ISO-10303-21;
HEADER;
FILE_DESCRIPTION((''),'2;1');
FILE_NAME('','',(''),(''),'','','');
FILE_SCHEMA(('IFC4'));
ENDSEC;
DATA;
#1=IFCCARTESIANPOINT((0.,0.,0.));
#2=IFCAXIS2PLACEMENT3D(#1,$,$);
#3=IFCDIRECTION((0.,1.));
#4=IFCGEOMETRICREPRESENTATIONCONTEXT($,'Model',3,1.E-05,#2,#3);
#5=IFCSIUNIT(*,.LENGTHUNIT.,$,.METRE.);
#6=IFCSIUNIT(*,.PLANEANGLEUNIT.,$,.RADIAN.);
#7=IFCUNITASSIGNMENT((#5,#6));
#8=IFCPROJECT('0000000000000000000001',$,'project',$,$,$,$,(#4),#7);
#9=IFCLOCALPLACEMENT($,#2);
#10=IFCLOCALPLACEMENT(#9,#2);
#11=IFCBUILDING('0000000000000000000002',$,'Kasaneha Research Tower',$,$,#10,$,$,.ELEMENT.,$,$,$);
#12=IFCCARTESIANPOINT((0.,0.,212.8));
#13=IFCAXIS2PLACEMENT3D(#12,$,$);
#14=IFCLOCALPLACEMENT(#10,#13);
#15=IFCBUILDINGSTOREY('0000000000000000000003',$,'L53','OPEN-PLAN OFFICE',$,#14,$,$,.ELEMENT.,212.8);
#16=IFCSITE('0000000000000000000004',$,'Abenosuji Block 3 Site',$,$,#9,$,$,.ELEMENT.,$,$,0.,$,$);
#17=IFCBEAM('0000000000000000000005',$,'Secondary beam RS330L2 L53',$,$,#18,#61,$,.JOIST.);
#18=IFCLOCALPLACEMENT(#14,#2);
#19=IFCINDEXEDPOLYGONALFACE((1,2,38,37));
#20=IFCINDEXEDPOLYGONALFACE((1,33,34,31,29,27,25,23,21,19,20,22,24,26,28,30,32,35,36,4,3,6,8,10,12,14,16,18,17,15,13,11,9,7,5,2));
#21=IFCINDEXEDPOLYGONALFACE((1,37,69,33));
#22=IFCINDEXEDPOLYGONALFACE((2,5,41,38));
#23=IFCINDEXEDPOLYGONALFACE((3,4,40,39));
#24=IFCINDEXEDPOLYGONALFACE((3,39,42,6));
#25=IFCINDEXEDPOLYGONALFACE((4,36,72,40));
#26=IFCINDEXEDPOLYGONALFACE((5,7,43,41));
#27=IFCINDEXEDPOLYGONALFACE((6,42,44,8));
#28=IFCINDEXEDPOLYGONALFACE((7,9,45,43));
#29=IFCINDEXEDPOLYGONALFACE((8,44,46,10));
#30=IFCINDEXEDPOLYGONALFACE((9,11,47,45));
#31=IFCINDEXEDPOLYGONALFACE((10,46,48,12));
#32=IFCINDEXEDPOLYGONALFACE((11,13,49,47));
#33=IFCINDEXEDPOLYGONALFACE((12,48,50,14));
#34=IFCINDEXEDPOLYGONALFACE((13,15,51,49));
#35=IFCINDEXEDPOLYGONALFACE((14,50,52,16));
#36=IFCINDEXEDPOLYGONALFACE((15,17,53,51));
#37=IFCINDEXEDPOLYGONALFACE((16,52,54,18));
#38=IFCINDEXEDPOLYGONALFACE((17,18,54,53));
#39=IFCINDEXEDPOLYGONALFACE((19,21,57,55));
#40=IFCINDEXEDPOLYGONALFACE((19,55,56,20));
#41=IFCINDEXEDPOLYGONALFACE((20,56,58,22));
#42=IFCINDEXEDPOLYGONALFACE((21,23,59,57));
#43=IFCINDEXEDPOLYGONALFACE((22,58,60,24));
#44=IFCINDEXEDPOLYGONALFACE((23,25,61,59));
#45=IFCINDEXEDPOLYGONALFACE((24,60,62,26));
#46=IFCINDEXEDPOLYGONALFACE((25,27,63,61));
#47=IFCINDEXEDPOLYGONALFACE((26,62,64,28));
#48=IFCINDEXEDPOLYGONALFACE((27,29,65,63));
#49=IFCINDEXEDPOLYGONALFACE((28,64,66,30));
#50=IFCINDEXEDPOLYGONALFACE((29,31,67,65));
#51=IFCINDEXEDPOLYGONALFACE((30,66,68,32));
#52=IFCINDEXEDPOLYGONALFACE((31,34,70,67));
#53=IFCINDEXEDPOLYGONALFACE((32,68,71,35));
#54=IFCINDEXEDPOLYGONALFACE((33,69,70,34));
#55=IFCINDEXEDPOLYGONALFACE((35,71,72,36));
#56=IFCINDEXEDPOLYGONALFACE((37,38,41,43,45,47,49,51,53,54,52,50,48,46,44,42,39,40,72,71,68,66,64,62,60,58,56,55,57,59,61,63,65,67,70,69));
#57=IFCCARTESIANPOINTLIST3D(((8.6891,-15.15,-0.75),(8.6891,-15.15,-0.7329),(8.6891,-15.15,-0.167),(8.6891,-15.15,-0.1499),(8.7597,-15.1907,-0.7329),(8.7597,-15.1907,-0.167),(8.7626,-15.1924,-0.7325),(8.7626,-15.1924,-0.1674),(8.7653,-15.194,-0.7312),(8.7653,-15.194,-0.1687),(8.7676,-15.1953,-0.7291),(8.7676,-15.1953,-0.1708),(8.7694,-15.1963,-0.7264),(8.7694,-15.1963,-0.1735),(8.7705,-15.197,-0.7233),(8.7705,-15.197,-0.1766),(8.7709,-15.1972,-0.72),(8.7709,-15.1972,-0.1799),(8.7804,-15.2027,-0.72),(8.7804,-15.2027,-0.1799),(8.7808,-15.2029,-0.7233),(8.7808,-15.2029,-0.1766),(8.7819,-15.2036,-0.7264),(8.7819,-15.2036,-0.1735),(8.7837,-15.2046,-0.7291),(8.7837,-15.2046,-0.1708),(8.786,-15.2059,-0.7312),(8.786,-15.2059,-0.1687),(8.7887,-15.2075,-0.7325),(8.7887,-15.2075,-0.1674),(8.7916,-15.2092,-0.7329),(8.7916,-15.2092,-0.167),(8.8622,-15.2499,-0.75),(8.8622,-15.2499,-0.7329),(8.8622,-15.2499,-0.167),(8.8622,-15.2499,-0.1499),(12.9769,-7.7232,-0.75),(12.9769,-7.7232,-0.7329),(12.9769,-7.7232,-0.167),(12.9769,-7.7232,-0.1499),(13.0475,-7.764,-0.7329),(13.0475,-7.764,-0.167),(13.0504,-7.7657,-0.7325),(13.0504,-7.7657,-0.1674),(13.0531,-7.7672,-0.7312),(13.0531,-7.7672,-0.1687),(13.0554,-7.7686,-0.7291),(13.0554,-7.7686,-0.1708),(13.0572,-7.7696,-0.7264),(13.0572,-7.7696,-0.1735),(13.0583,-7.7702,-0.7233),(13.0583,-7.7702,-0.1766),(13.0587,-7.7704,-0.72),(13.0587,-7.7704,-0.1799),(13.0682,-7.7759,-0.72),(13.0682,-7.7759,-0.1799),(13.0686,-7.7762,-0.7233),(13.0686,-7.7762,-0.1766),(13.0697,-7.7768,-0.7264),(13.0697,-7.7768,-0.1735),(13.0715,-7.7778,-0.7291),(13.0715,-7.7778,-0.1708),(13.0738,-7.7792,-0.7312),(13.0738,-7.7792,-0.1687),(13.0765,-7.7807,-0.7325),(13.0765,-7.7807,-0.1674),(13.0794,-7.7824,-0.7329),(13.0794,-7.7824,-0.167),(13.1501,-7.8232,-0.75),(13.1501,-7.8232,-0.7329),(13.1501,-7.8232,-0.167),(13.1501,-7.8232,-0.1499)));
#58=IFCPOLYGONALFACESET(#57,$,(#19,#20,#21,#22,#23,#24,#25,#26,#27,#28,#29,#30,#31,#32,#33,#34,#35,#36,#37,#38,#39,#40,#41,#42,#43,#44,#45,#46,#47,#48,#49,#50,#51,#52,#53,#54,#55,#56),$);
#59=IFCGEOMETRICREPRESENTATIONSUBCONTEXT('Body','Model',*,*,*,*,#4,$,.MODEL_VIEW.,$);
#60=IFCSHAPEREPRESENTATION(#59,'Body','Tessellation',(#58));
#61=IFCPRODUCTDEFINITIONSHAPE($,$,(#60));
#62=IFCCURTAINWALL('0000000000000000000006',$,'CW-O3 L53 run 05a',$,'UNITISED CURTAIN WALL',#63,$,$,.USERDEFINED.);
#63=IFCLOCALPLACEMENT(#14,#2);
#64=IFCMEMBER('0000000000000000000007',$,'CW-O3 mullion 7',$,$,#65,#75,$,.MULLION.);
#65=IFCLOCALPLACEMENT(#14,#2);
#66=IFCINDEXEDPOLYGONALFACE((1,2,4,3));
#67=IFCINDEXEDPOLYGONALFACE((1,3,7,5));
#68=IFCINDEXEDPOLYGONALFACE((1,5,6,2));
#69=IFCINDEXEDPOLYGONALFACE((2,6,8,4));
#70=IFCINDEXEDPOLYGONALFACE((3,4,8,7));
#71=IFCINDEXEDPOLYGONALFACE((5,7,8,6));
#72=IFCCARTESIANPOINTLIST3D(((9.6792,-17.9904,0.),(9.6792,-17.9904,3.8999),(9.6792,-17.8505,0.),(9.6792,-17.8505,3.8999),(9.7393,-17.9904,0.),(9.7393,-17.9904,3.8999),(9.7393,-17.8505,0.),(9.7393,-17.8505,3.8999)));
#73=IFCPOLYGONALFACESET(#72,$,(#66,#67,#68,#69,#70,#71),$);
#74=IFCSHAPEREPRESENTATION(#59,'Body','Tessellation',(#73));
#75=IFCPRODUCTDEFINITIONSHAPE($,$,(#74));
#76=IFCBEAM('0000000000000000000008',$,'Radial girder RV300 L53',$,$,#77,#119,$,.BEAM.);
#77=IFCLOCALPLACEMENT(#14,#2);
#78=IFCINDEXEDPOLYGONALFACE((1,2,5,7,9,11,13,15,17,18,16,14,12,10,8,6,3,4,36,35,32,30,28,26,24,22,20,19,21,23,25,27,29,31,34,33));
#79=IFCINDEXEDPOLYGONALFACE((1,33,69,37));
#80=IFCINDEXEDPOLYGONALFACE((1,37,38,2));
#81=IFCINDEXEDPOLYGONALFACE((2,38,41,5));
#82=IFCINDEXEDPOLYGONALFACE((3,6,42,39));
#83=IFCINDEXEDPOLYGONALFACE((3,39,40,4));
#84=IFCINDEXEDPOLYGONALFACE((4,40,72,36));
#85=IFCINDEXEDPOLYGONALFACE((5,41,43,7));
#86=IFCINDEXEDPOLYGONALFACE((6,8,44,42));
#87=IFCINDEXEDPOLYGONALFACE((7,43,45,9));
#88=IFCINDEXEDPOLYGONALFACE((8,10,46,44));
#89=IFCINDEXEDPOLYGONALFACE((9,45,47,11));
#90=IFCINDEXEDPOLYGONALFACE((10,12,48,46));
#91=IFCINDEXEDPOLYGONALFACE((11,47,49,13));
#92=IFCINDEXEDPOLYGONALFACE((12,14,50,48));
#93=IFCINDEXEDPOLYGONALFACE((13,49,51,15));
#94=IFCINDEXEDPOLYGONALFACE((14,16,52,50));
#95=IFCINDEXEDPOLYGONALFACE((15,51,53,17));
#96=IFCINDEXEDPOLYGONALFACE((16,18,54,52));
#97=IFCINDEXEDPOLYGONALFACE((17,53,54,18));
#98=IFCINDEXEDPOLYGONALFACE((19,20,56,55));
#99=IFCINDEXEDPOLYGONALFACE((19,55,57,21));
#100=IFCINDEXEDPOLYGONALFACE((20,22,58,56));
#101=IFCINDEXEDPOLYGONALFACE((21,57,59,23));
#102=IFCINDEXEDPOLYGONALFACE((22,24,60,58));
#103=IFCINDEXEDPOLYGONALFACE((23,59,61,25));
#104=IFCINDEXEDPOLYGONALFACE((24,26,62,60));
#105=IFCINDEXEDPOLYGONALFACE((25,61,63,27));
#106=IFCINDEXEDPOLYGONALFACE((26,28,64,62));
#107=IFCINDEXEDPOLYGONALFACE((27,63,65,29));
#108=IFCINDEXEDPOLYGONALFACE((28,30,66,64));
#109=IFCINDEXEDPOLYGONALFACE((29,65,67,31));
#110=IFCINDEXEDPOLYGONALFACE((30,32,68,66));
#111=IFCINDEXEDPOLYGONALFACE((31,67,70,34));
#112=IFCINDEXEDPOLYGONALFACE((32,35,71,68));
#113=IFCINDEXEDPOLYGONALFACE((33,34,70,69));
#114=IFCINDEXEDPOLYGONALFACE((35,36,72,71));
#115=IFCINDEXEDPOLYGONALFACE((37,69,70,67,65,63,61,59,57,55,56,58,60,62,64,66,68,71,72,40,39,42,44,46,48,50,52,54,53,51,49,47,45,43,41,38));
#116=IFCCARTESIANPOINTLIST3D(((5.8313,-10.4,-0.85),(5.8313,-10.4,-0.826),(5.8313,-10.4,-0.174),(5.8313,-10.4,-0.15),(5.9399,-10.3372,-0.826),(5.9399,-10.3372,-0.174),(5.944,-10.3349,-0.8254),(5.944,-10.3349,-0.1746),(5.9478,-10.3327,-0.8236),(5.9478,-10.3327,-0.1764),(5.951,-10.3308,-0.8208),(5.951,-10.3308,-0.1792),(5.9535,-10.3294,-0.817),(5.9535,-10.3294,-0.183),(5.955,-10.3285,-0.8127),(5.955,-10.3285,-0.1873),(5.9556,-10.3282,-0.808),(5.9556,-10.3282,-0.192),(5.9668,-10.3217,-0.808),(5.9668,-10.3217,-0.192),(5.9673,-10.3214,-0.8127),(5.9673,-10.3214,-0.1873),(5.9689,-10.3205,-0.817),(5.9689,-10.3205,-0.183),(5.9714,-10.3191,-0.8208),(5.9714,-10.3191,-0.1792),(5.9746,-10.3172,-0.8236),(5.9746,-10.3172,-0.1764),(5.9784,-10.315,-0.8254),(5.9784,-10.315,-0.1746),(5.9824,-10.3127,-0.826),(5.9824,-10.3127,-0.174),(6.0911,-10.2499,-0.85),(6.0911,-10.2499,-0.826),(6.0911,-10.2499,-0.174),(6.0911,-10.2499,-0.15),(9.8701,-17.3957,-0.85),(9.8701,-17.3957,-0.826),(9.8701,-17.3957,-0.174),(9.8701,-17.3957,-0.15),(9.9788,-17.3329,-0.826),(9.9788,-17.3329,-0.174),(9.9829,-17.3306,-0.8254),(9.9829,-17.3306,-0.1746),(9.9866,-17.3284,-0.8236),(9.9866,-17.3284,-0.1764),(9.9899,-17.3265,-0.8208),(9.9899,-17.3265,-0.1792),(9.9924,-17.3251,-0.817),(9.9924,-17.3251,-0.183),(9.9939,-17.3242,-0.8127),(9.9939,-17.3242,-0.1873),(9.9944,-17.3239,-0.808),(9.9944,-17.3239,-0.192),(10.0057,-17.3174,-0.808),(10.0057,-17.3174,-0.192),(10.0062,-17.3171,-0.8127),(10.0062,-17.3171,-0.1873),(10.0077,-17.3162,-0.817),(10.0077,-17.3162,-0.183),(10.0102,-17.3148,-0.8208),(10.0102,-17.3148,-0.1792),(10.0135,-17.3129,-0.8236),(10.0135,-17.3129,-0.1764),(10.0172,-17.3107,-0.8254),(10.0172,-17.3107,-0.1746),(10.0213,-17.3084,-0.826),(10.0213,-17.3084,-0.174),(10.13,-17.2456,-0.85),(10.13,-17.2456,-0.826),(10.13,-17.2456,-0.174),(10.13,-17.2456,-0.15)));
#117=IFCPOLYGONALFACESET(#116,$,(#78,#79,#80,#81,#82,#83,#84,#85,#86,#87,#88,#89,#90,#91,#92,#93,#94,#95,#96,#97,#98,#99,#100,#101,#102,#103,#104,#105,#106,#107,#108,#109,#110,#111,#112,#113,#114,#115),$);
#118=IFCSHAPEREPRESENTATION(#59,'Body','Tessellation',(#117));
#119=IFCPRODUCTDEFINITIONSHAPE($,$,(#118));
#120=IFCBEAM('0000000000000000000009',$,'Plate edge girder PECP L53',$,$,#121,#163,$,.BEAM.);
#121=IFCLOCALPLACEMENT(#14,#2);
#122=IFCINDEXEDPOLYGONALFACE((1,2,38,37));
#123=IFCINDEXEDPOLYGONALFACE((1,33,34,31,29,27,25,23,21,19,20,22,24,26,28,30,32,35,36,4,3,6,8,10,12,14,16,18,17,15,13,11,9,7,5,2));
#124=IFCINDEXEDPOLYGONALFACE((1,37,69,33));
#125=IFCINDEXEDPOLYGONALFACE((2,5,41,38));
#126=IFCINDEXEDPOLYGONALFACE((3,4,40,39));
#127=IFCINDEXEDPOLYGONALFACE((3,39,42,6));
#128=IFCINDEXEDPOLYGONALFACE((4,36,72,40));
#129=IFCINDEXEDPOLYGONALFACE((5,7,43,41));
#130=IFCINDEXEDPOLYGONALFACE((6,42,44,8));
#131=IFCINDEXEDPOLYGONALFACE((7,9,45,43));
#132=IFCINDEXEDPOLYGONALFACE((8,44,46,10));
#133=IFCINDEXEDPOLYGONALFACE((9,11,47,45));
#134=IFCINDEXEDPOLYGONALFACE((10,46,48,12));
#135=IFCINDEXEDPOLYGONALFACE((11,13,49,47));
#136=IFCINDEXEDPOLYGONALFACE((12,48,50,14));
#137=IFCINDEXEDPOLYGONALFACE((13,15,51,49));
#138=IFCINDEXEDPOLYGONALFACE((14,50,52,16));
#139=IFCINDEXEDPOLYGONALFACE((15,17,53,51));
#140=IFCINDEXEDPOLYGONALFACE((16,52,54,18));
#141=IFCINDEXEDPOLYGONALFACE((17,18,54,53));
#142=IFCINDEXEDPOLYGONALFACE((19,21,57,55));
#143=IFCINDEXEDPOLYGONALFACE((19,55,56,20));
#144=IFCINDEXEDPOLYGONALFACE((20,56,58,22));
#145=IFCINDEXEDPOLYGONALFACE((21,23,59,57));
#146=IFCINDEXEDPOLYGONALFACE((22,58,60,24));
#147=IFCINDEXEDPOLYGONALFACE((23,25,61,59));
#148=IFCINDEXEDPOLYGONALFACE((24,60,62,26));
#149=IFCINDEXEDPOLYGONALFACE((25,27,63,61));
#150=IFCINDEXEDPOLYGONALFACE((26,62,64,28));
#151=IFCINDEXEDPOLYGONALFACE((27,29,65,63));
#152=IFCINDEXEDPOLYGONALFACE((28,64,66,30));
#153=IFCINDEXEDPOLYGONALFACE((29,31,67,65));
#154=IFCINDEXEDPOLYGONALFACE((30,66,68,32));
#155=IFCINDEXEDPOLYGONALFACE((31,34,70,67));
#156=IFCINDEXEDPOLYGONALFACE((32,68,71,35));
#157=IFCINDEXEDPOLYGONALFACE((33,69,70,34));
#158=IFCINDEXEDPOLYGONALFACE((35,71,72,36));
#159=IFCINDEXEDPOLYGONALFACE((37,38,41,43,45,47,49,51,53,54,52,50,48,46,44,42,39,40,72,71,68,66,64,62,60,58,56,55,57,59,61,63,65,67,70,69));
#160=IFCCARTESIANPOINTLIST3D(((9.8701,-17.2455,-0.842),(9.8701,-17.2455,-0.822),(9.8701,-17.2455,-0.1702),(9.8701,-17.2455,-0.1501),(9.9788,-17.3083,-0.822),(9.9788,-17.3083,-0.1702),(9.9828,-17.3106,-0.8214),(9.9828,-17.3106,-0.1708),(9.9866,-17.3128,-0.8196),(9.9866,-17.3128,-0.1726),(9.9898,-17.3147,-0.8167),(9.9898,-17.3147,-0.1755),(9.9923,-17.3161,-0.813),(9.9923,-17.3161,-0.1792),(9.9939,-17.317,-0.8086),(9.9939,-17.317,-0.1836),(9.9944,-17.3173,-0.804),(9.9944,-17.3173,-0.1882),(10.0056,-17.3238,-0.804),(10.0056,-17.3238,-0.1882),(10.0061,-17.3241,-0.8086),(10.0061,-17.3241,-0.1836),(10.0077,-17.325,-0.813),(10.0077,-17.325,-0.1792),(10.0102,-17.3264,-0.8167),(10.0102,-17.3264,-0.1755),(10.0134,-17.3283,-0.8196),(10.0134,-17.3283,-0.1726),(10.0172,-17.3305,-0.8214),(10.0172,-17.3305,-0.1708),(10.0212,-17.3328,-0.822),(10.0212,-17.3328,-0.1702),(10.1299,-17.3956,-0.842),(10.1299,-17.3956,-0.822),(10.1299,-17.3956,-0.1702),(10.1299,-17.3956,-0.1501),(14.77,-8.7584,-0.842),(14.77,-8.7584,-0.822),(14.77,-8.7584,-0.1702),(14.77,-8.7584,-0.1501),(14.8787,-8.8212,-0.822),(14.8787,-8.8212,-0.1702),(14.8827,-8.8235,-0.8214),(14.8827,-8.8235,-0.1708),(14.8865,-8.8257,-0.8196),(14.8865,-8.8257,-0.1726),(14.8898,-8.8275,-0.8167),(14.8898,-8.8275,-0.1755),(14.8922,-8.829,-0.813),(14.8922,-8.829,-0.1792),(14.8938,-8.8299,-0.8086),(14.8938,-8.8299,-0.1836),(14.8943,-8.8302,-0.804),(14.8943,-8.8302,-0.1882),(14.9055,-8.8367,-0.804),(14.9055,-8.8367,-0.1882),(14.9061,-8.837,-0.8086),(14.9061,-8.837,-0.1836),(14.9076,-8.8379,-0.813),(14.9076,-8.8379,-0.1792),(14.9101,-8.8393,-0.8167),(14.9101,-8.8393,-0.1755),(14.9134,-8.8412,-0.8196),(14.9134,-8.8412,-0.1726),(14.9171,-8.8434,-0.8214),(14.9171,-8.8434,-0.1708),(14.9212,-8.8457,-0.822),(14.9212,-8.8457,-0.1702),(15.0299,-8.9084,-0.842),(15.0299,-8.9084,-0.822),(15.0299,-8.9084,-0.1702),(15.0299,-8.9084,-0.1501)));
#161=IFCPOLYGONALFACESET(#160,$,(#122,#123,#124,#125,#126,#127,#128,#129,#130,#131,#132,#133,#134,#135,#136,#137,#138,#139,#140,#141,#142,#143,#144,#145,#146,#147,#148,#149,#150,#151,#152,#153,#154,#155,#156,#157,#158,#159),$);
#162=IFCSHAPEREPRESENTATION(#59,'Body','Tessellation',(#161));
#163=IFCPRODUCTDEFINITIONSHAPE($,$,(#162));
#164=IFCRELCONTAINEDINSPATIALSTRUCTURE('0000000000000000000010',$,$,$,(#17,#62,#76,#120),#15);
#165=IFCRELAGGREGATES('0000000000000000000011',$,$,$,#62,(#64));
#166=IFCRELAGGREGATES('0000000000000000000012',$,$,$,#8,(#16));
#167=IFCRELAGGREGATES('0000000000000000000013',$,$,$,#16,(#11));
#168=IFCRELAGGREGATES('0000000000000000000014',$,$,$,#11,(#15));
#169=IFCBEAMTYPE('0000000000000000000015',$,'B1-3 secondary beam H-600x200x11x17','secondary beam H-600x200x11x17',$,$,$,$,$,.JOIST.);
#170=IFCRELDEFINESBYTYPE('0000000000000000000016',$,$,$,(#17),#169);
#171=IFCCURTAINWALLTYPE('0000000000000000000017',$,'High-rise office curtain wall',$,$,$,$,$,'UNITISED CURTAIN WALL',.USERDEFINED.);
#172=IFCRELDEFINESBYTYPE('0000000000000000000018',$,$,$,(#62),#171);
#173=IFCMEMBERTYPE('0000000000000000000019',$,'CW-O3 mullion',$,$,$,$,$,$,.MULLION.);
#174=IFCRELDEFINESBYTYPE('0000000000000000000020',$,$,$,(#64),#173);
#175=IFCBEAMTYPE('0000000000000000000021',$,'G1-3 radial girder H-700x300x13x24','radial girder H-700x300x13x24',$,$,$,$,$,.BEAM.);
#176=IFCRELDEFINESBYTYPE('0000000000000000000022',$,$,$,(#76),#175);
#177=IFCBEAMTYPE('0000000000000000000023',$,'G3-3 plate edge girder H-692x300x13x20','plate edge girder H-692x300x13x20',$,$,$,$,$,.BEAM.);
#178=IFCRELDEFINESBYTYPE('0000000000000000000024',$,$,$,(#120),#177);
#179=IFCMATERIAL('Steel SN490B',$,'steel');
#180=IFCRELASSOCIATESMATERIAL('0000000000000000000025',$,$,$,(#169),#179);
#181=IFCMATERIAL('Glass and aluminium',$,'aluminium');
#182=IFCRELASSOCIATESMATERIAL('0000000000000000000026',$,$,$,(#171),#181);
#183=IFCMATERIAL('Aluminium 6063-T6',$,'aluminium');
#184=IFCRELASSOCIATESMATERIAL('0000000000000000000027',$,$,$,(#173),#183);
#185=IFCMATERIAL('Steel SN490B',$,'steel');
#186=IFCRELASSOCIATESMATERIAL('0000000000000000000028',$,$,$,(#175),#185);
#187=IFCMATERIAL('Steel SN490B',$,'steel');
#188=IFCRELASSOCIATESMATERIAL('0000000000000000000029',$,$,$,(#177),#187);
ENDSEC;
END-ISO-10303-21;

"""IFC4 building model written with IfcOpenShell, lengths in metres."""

from ifc_helpers import new_model, si_unit, direction, frame, origin, origin_2d, place, context, subcontext, project, spatial, rectangle, i_section, extrude, material, material_profile, profile_set, type_object, element, aggregate, save


model = new_model("IFC4")

# Units and contexts
model_context = context("Model", 3, precision=1e-05, world=origin(), true_north=direction((0.0, 1.0)))
body_context = subcontext(model_context, "Body", "Model", "MODEL_VIEW")
ifc_project = project(units=[si_unit("LENGTHUNIT", "METRE"), si_unit("PLANEANGLEUNIT", "RADIAN")], contexts=[model_context])

# Site, building, storey
site_placement = place(None, origin())
site = spatial("IfcSite", under=ifc_project, at=site_placement, Name="Abenosuji Block 3 Site", CompositionType="ELEMENT", RefElevation=0.0)
building_placement = place(site_placement, origin())
building = spatial("IfcBuilding", under=site, at=building_placement, Name="Kasaneha Research Tower", CompositionType="ELEMENT")
storey_placement = place(building_placement, frame((0.0, 0.0, 212.8)))
storey = spatial("IfcBuildingStorey", under=building, at=storey_placement, Name="L53", Description="OPEN-PLAN OFFICE", CompositionType="ELEMENT", Elevation=212.8)

# Beam
ifc_material_1 = material(Name="Steel SN490B", Category="steel")
ifc_material_profile_1 = material_profile(ifc_material_1, i_section(OverallWidth=0.2, OverallDepth=0.6001, WebThickness=0.011, FlangeThickness=0.0171, FilletRadius=0.0129, at=origin_2d()), Name="H-600x200x11x17")
ifc_profile_set_1 = profile_set([ifc_material_profile_1], Name="Steel SN490B")
beam_type_1 = type_object("IfcBeamType", Name="B1-3 secondary beam H-600x200x11x17", Description="secondary beam H-600x200x11x17", PredefinedType="JOIST", material=ifc_profile_set_1)
beam_1_placement = place(storey_placement, frame((8.7756, -15.2, -0.45), z_axis=(0.5, 0.866025, 0.0), x_axis=(-0.866025, 0.5, 0.0)))
element("IfcBeam", 1, at=beam_1_placement, inside=storey, type_object=beam_type_1, Name="Secondary beam RS330L2 L53", PredefinedType="JOIST", context=body_context, shape_type="SweptSolid", body=[
    extrude(i_section(OverallWidth=0.2, OverallDepth=0.6001, WebThickness=0.011, FlangeThickness=0.0171, FilletRadius=0.0129, at=origin_2d()), origin(), (0.0, 0.0, 1.0), 8.5757),
])

# Curtain wall, member
ifc_material_2 = material(Name="Glass and aluminium", Category="aluminium")
curtain_wall_type = type_object("IfcCurtainWallType", Name="High-rise office curtain wall", ElementType="UNITISED CURTAIN WALL", PredefinedType="USERDEFINED", material=ifc_material_2)
curtain_wall_placement = place(storey_placement, origin())
curtain_wall = element("IfcCurtainWall", 2, at=curtain_wall_placement, inside=storey, type_object=curtain_wall_type, Name="CW-O3 L53 run 05a", ObjectType="UNITISED CURTAIN WALL", PredefinedType="USERDEFINED")
ifc_material_3 = material(Name="Aluminium 6063-T6", Category="aluminium")
ifc_material_profile_2 = material_profile(ifc_material_3, rectangle(XDim=0.0601, YDim=0.1399, at=origin_2d()), Name="CW-O3 mullion 60x140")
ifc_profile_set_2 = profile_set([ifc_material_profile_2], Name="Aluminium 6063-T6")
member_type = type_object("IfcMemberType", Name="CW-O3 mullion", PredefinedType="MULLION", material=ifc_profile_set_2)
member_placement = place(storey_placement, frame((9.7092, -17.9204, 0.0), z_axis=(0.0, 0.0, 1.0), x_axis=(1.0, 0.0, 0.0)))
member = element("IfcMember", 3, at=member_placement, type_object=member_type, Name="CW-O3 mullion 7", PredefinedType="MULLION", context=body_context, shape_type="SweptSolid", body=[
    extrude(rectangle(XDim=0.0601, YDim=0.1399, at=origin_2d()), origin(), (0.0, 0.0, 1.0), 3.8999),
])
aggregate(curtain_wall, [member])

# Beams
ifc_material_4 = material(Name="Steel SN490B", Category="steel")
ifc_material_profile_3 = material_profile(ifc_material_4, i_section(OverallWidth=0.3, OverallDepth=0.7, WebThickness=0.0129, FlangeThickness=0.0239, FilletRadius=0.0181, at=origin_2d()), Name="H-700x300x13x24")
ifc_profile_set_3 = profile_set([ifc_material_profile_3], Name="Steel SN490B")
beam_type_2 = type_object("IfcBeamType", Name="G1-3 radial girder H-700x300x13x24", Description="radial girder H-700x300x13x24", PredefinedType="BEAM", material=ifc_profile_set_3)
beam_2_placement = place(storey_placement, frame((5.9612, -10.325, -0.5), z_axis=(0.499991, -0.866031, 0.0), x_axis=(0.866031, 0.499991, 0.0)))
element("IfcBeam", 4, at=beam_2_placement, inside=storey, type_object=beam_type_2, Name="Radial girder RV300 L53", PredefinedType="BEAM", context=body_context, shape_type="SweptSolid", body=[
    extrude(i_section(OverallWidth=0.3, OverallDepth=0.7, WebThickness=0.0129, FlangeThickness=0.0239, FilletRadius=0.0181, at=origin_2d()), origin(), (0.0, 0.0, 1.0), 8.0779),
])
ifc_material_5 = material(Name="Steel SN490B", Category="steel")
ifc_material_profile_4 = material_profile(ifc_material_5, i_section(OverallWidth=0.3, OverallDepth=0.6919, WebThickness=0.0129, FlangeThickness=0.02, FilletRadius=0.0181, at=origin_2d()), Name="H-692x300x13x20")
ifc_profile_set_4 = profile_set([ifc_material_profile_4], Name="Steel SN490B")
beam_type_3 = type_object("IfcBeamType", Name="G3-3 plate edge girder H-692x300x13x20", Description="plate edge girder H-692x300x13x20", PredefinedType="BEAM", material=ifc_profile_set_4)
beam_3_placement = place(storey_placement, frame((10.0, -17.3206, -0.4961), z_axis=(0.499992, 0.86603, 0.0), x_axis=(-0.86603, 0.499992, 0.0)))
element("IfcBeam", 5, at=beam_3_placement, inside=storey, type_object=beam_type_3, Name="Plate edge girder PECP L53", PredefinedType="BEAM", context=body_context, shape_type="SweptSolid", body=[
    extrude(i_section(OverallWidth=0.3, OverallDepth=0.6919, WebThickness=0.0129, FlangeThickness=0.02, FilletRadius=0.0181, at=origin_2d()), origin(), (0.0, 0.0, 1.0), 9.8),
])

save(model, "model.ifc")
